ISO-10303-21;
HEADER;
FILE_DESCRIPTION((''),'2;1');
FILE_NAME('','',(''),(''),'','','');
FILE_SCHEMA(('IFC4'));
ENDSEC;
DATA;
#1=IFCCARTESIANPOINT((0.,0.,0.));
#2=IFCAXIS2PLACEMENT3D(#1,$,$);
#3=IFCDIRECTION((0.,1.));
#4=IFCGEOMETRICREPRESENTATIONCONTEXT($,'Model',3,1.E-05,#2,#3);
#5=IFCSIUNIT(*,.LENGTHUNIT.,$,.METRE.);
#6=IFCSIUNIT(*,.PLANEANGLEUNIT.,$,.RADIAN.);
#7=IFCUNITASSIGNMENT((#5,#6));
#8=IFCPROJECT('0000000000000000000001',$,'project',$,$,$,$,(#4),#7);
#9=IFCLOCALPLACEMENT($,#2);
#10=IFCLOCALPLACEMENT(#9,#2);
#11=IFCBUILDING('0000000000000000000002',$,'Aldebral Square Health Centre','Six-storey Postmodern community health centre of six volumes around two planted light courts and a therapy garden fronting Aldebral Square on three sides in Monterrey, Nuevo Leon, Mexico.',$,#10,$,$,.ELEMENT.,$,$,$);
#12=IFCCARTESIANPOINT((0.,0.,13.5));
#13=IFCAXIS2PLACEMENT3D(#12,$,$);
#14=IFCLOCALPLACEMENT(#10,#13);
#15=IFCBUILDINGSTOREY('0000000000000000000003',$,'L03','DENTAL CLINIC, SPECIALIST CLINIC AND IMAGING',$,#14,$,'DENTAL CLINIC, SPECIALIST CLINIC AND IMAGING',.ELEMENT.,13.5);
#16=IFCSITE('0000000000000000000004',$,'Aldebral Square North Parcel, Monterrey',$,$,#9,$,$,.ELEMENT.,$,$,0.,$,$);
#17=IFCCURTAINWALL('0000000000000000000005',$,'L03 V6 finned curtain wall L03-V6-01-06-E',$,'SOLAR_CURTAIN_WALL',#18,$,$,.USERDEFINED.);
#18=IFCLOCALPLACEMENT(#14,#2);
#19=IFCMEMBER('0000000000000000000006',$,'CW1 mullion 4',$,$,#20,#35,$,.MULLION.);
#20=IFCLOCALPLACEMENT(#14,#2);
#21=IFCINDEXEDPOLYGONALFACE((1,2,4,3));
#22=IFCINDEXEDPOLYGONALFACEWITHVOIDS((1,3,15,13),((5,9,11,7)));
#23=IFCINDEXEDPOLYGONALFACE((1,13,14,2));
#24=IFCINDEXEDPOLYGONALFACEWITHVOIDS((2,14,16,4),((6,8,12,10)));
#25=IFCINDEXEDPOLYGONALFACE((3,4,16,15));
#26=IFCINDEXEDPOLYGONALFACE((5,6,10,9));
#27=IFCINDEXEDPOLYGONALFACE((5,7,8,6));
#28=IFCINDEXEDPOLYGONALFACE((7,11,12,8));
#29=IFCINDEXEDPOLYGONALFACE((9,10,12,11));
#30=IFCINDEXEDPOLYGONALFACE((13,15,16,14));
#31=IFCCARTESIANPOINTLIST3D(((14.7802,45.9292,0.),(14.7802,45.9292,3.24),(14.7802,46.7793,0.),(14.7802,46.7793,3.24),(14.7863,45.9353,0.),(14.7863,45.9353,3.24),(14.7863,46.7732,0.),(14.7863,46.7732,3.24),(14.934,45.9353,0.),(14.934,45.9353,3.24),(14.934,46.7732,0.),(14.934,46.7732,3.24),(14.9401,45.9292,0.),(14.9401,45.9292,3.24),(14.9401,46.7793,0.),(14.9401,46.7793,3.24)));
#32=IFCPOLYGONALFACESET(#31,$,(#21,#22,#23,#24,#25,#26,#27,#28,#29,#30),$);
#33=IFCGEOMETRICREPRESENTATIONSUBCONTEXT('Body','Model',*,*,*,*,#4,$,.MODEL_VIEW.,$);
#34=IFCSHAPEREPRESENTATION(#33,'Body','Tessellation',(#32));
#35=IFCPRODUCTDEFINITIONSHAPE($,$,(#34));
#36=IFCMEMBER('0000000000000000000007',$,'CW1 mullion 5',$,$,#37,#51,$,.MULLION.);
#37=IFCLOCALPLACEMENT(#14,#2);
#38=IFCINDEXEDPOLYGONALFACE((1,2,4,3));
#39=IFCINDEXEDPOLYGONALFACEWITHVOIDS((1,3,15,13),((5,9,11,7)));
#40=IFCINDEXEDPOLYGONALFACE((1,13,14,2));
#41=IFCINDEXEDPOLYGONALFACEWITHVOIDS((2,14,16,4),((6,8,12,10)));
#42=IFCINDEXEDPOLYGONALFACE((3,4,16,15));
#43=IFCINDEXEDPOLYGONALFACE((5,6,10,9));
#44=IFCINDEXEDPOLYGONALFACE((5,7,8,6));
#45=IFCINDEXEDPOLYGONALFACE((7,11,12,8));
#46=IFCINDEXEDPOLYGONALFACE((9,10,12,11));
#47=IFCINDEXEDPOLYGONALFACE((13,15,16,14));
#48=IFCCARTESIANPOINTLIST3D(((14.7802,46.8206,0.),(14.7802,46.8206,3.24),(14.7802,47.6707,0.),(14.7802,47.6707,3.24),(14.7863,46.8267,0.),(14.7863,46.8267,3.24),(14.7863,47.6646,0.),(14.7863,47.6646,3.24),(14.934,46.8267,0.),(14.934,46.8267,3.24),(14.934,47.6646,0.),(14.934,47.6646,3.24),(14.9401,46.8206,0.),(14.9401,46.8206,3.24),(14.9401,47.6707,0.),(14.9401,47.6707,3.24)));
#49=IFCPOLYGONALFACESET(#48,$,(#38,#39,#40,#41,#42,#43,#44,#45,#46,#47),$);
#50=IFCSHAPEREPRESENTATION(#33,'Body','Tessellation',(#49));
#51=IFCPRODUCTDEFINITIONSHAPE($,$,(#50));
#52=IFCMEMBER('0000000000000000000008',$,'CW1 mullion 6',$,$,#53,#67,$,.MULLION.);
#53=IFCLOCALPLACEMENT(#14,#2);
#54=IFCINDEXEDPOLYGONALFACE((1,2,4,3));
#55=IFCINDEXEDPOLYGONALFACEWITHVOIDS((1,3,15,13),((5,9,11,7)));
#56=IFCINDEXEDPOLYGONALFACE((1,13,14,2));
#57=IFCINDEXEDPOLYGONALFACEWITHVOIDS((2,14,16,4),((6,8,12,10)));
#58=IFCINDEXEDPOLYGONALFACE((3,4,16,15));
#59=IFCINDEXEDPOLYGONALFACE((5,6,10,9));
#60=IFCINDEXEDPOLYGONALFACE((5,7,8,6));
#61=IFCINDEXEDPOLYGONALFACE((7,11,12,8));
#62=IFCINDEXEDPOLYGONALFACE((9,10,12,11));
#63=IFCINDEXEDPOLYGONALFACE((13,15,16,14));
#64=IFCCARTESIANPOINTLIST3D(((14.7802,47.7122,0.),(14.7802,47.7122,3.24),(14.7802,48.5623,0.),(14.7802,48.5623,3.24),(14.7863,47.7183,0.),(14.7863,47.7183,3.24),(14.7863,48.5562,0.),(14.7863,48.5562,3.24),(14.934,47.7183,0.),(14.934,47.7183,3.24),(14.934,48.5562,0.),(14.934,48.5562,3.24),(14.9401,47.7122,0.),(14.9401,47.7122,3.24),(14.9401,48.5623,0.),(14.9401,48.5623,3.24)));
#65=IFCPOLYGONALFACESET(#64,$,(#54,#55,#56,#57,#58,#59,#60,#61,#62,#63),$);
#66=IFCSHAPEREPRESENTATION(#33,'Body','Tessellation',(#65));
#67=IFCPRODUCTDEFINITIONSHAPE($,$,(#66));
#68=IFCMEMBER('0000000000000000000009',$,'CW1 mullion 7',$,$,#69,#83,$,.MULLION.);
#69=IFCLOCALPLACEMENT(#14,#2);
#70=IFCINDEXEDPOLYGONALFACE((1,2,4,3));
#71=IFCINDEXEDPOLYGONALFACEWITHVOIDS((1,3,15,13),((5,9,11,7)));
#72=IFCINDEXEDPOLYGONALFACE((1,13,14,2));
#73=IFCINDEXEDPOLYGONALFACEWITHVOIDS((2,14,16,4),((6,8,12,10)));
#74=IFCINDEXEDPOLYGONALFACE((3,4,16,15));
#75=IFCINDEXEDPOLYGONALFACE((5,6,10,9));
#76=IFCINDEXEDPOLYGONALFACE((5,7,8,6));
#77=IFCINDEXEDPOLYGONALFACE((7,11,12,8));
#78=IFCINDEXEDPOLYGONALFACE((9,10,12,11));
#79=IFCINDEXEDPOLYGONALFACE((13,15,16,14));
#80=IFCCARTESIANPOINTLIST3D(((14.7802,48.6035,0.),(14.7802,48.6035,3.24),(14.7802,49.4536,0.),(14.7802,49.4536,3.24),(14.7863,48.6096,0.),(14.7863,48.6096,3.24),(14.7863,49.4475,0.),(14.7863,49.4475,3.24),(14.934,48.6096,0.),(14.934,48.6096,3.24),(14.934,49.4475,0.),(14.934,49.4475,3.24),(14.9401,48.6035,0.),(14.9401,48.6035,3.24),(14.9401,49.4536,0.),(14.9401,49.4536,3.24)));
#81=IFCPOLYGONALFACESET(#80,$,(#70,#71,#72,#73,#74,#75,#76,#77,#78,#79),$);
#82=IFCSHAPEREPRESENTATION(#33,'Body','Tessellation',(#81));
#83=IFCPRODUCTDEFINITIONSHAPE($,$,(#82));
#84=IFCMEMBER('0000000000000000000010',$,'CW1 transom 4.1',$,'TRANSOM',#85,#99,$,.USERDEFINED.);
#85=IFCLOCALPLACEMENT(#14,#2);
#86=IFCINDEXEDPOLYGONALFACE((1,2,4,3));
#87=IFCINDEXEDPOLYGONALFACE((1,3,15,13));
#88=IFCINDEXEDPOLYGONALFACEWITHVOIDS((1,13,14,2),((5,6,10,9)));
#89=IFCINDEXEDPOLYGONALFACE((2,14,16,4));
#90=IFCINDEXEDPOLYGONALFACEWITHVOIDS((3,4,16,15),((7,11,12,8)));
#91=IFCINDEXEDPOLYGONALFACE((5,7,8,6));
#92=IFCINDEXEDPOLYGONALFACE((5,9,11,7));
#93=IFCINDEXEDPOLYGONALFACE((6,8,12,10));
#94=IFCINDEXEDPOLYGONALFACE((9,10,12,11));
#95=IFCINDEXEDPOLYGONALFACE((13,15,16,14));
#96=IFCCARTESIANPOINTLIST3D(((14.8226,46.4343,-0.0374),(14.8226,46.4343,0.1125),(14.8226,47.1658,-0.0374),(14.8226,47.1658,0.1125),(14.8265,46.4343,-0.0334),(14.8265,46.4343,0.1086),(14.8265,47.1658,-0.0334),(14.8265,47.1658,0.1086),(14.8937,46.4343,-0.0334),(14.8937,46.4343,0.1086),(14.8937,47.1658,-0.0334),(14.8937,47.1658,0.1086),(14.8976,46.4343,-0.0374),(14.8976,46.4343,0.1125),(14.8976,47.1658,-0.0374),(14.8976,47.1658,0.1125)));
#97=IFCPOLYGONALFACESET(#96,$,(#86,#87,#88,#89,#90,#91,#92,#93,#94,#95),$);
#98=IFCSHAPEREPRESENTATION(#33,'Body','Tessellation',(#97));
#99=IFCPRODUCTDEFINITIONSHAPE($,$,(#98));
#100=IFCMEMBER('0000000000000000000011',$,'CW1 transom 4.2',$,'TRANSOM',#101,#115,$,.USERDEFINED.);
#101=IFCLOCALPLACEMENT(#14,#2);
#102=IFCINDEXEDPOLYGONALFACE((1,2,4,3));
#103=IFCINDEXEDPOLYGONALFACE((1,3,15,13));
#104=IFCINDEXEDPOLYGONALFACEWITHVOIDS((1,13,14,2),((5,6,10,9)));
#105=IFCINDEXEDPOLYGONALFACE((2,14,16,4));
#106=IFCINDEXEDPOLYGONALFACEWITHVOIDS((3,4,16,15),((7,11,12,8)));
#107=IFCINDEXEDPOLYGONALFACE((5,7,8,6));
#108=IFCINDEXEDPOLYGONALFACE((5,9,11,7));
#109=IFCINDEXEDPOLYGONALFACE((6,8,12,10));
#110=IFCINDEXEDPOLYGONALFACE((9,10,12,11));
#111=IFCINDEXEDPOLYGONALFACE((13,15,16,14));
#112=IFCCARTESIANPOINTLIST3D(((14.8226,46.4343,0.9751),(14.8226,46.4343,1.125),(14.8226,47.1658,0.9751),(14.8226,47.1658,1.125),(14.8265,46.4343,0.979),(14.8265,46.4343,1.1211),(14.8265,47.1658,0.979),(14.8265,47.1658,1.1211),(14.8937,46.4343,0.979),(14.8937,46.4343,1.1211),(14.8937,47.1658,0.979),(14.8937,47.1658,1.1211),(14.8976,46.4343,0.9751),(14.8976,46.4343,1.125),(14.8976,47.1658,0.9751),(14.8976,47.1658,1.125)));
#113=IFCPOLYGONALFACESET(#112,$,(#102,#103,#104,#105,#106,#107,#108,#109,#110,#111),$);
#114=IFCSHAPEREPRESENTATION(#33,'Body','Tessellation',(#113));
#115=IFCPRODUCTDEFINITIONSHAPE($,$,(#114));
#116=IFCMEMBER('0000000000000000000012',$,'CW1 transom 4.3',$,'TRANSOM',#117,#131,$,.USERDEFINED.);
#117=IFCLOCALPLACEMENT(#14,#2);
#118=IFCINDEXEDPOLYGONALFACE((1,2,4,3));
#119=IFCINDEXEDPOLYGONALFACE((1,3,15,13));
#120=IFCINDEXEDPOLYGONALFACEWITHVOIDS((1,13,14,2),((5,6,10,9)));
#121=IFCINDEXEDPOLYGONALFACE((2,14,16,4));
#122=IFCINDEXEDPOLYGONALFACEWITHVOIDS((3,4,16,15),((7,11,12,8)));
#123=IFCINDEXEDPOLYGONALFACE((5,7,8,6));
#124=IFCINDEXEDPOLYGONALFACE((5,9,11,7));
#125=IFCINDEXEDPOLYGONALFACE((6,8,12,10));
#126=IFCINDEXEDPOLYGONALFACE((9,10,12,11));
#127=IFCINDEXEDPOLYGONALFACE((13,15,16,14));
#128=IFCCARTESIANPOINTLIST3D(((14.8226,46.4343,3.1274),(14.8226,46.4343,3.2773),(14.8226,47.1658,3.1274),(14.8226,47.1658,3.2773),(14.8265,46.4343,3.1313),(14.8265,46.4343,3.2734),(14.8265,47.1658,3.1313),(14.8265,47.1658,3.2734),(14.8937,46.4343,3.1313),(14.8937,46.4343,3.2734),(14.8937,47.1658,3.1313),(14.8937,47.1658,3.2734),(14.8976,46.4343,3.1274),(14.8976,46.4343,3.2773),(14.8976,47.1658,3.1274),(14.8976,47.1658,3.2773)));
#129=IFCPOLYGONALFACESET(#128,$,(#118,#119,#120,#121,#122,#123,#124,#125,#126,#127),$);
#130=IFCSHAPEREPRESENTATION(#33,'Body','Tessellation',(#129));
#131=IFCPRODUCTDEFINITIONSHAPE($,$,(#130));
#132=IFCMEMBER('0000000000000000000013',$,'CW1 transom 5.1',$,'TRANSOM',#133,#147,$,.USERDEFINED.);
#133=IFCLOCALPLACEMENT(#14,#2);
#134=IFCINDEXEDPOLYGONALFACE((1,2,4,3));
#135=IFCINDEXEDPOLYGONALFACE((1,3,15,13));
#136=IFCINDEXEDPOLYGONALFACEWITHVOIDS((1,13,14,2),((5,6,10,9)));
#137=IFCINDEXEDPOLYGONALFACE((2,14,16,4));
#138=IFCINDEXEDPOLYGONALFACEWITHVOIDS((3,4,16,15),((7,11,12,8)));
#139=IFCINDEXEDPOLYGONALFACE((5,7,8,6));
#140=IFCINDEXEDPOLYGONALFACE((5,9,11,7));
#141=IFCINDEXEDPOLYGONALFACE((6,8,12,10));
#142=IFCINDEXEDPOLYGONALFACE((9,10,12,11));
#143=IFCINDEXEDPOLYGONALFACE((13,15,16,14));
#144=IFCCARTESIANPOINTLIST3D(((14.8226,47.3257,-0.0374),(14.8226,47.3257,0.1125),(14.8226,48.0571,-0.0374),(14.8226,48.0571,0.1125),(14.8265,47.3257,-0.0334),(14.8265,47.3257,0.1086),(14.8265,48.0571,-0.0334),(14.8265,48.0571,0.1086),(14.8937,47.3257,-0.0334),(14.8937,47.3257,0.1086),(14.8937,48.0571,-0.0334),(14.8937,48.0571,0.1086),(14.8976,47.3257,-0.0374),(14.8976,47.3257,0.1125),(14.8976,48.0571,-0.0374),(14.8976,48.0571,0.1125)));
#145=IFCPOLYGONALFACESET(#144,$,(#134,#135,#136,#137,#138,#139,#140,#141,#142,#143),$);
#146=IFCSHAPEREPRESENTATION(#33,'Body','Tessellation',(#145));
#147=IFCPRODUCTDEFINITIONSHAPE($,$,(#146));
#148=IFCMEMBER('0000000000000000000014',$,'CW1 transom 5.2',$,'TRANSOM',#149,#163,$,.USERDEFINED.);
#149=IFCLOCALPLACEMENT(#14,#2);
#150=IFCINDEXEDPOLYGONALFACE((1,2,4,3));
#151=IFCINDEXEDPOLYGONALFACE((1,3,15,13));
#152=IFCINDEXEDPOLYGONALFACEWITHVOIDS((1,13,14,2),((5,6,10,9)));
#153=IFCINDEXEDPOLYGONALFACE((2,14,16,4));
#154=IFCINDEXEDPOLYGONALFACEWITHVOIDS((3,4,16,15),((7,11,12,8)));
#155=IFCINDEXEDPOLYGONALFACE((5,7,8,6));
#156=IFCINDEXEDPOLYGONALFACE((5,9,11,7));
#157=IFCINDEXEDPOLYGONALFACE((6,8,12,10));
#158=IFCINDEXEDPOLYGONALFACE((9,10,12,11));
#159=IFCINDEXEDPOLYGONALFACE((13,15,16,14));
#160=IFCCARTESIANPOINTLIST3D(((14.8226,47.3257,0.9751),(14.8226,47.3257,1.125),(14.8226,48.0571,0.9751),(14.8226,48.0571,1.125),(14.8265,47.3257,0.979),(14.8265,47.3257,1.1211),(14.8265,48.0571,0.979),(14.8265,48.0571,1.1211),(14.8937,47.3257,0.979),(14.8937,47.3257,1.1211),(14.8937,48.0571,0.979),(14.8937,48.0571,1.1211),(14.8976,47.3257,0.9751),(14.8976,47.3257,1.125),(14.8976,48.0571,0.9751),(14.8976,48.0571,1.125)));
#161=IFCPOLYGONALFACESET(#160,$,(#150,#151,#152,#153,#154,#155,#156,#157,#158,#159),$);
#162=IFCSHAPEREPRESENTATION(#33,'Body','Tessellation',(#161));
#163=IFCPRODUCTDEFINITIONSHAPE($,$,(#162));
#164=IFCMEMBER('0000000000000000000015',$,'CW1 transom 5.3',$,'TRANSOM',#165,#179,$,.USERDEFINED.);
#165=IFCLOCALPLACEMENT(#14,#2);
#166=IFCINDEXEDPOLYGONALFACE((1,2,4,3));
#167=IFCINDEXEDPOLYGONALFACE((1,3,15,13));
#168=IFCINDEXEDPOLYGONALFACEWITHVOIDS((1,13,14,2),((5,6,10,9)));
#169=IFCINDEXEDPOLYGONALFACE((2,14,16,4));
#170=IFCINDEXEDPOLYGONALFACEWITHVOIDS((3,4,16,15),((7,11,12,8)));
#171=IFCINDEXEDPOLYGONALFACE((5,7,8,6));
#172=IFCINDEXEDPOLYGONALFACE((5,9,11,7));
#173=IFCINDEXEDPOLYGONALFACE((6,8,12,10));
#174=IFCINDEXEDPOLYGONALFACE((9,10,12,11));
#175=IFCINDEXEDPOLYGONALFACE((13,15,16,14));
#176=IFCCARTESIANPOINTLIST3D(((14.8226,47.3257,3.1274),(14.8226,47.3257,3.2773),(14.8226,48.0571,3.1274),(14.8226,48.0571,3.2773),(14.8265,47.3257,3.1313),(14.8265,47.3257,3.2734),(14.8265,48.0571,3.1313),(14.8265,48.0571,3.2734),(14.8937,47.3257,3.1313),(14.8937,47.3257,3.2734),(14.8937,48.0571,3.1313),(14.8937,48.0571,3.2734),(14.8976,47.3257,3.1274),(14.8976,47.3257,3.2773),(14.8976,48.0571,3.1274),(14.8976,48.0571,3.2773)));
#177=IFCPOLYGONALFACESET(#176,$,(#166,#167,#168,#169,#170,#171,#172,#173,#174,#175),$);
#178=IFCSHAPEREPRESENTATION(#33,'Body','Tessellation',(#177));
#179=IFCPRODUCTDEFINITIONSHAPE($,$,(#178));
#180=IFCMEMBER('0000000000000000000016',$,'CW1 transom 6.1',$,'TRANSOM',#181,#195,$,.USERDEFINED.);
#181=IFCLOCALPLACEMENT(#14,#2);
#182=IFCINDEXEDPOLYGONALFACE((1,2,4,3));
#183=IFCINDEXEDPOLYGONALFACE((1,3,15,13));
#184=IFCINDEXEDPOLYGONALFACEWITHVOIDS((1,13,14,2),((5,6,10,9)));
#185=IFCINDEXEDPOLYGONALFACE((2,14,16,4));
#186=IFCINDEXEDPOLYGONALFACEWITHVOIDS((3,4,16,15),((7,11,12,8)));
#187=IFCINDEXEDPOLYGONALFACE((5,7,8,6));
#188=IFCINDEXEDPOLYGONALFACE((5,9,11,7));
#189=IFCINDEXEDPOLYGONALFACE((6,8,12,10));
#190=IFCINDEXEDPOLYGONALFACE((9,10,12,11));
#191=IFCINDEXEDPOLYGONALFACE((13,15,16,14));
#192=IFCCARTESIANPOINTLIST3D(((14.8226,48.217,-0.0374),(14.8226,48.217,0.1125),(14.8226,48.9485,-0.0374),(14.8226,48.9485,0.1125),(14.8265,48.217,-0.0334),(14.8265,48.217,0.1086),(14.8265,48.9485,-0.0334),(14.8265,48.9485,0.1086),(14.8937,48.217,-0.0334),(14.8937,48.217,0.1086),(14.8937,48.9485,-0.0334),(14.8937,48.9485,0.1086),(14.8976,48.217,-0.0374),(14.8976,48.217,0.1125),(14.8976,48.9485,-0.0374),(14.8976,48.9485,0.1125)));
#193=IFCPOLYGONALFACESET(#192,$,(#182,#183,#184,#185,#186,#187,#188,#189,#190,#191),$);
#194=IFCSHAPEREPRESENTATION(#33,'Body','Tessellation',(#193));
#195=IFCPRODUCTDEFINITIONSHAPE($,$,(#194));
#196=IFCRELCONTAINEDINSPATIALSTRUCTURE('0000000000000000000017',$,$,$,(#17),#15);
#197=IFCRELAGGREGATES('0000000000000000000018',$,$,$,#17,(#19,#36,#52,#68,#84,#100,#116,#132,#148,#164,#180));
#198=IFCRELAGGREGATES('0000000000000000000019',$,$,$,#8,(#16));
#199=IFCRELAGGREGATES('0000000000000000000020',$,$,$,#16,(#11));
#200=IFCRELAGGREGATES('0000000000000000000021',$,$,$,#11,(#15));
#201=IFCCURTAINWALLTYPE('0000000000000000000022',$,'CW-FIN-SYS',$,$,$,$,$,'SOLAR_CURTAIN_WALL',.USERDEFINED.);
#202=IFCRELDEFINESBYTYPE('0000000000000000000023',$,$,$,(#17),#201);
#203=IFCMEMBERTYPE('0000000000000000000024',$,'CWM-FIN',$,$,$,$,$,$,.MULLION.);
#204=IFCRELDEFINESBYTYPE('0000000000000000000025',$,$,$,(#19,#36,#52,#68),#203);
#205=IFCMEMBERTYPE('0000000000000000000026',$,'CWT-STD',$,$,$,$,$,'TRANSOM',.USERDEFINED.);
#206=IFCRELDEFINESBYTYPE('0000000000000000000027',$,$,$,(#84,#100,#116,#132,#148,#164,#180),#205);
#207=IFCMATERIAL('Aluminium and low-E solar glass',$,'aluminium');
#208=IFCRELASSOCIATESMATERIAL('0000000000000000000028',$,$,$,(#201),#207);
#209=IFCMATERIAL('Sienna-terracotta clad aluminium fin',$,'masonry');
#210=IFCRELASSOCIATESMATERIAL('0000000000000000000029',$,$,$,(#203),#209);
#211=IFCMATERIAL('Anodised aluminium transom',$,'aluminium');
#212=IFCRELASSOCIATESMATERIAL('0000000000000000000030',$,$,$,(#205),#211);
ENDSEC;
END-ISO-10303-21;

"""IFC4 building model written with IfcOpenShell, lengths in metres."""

from ifc_helpers import new_model, si_unit, direction, frame, origin, origin_2d, place, context, subcontext, project, spatial, hollow_rectangle, extrude, material, material_profile, profile_set, type_object, element, aggregate, save


model = new_model("IFC4")

# Units and contexts
model_context = context("Model", 3, precision=1e-05, world=origin(), true_north=direction((0.0, 1.0)))
body_context = subcontext(model_context, "Body", "Model", "MODEL_VIEW")
ifc_project = project(units=[si_unit("LENGTHUNIT", "METRE"), si_unit("PLANEANGLEUNIT", "RADIAN")], contexts=[model_context])

# Site, building, storey
site_placement = place(None, origin())
site = spatial("IfcSite", under=ifc_project, at=site_placement, Name="Aldebral Square North Parcel, Monterrey", CompositionType="ELEMENT", RefElevation=0.0)
building_placement = place(site_placement, origin())
building = spatial("IfcBuilding", under=site, at=building_placement, Name="Aldebral Square Health Centre", Description="Six-storey Postmodern community health centre of six volumes around two planted light courts and a therapy garden fronting Aldebral Square on three sides in Monterrey, Nuevo Leon, Mexico.", CompositionType="ELEMENT")
storey_placement = place(building_placement, frame((0.0, 0.0, 13.5)))
storey = spatial("IfcBuildingStorey", under=building, at=storey_placement, Name="L03", Description="DENTAL CLINIC, SPECIALIST CLINIC AND IMAGING", LongName="DENTAL CLINIC, SPECIALIST CLINIC AND IMAGING", CompositionType="ELEMENT", Elevation=13.5)

# Curtain wall, members
ifc_material_1 = material(Name="Aluminium and low-E solar glass", Category="aluminium")
curtain_wall_type = type_object("IfcCurtainWallType", Name="CW-FIN-SYS", ElementType="SOLAR_CURTAIN_WALL", PredefinedType="USERDEFINED", material=ifc_material_1)
curtain_wall_placement = place(storey_placement, origin())
curtain_wall = element("IfcCurtainWall", 1, at=curtain_wall_placement, inside=storey, type_object=curtain_wall_type, Name="L03 V6 finned curtain wall L03-V6-01-06-E", ObjectType="SOLAR_CURTAIN_WALL", PredefinedType="USERDEFINED")
ifc_material_2 = material(Name="Sienna-terracotta clad aluminium fin", Category="masonry")
ifc_material_profile_1 = material_profile(ifc_material_2, hollow_rectangle(XDim=0.1599, YDim=0.8501, WallThickness=0.0061, at=origin_2d()), Name="FIN 160x850x6")
ifc_profile_set_1 = profile_set([ifc_material_profile_1], Name="Sienna-terracotta clad aluminium fin")
member_type_1 = type_object("IfcMemberType", Name="CWM-FIN", PredefinedType="MULLION", material=ifc_profile_set_1)
member_1_placement = place(storey_placement, frame((14.8601, 46.3542, 0.0), z_axis=(0.0, 0.0, 1.0), x_axis=(-1.0, 0.0, 0.0)))
member_1 = element("IfcMember", 2, at=member_1_placement, type_object=member_type_1, Name="CW1 mullion 4", PredefinedType="MULLION", context=body_context, shape_type="SweptSolid", body=[
    extrude(hollow_rectangle(XDim=0.1599, YDim=0.8501, WallThickness=0.0061, at=origin_2d()), origin(), (0.0, 0.0, 1.0), 3.24),
])
member_2_placement = place(storey_placement, frame((14.8601, 47.2456, 0.0), z_axis=(0.0, 0.0, 1.0), x_axis=(-1.0, 0.0, 0.0)))
member_2 = element("IfcMember", 3, at=member_2_placement, type_object=member_type_1, Name="CW1 mullion 5", PredefinedType="MULLION", context=body_context, shape_type="SweptSolid", body=[
    extrude(hollow_rectangle(XDim=0.1599, YDim=0.8501, WallThickness=0.0061, at=origin_2d()), origin(), (0.0, 0.0, 1.0), 3.24),
])
member_3_placement = place(storey_placement, frame((14.8601, 48.1372, 0.0), z_axis=(0.0, 0.0, 1.0), x_axis=(-1.0, 0.0, 0.0)))
member_3 = element("IfcMember", 4, at=member_3_placement, type_object=member_type_1, Name="CW1 mullion 6", PredefinedType="MULLION", context=body_context, shape_type="SweptSolid", body=[
    extrude(hollow_rectangle(XDim=0.1599, YDim=0.8501, WallThickness=0.0061, at=origin_2d()), origin(), (0.0, 0.0, 1.0), 3.24),
])
member_4_placement = place(storey_placement, frame((14.8601, 49.0286, 0.0), z_axis=(0.0, 0.0, 1.0), x_axis=(-1.0, 0.0, 0.0)))
member_4 = element("IfcMember", 5, at=member_4_placement, type_object=member_type_1, Name="CW1 mullion 7", PredefinedType="MULLION", context=body_context, shape_type="SweptSolid", body=[
    extrude(hollow_rectangle(XDim=0.1599, YDim=0.8501, WallThickness=0.0061, at=origin_2d()), origin(), (0.0, 0.0, 1.0), 3.24),
])
ifc_material_3 = material(Name="Anodised aluminium transom", Category="aluminium")
ifc_material_profile_2 = material_profile(ifc_material_3, hollow_rectangle(XDim=0.075, YDim=0.1499, WallThickness=0.0039, at=origin_2d()), Name="CWT 75x150x4")
ifc_profile_set_2 = profile_set([ifc_material_profile_2], Name="Anodised aluminium transom")
member_type_2 = type_object("IfcMemberType", Name="CWT-STD", ElementType="TRANSOM", PredefinedType="USERDEFINED", material=ifc_profile_set_2)
member_5_placement = place(storey_placement, frame((14.8601, 46.4343, 0.0376), z_axis=(0.0, 1.0, 0.0), x_axis=(-1.0, 0.0, 0.0)))
member_5 = element("IfcMember", 6, at=member_5_placement, type_object=member_type_2, Name="CW1 transom 4.1", ObjectType="TRANSOM", PredefinedType="USERDEFINED", context=body_context, shape_type="SweptSolid", body=[
    extrude(hollow_rectangle(XDim=0.075, YDim=0.1499, WallThickness=0.0039, at=origin_2d()), origin(), (0.0, 0.0, 1.0), 0.7314),
])
member_6_placement = place(storey_placement, frame((14.8601, 46.4343, 1.05), z_axis=(0.0, 1.0, 0.0), x_axis=(-1.0, 0.0, 0.0)))
member_6 = element("IfcMember", 7, at=member_6_placement, type_object=member_type_2, Name="CW1 transom 4.2", ObjectType="TRANSOM", PredefinedType="USERDEFINED", context=body_context, shape_type="SweptSolid", body=[
    extrude(hollow_rectangle(XDim=0.075, YDim=0.1499, WallThickness=0.0039, at=origin_2d()), origin(), (0.0, 0.0, 1.0), 0.7314),
])
member_7_placement = place(storey_placement, frame((14.8601, 46.4343, 3.2024), z_axis=(0.0, 1.0, 0.0), x_axis=(-1.0, 0.0, 0.0)))
member_7 = element("IfcMember", 8, at=member_7_placement, type_object=member_type_2, Name="CW1 transom 4.3", ObjectType="TRANSOM", PredefinedType="USERDEFINED", context=body_context, shape_type="SweptSolid", body=[
    extrude(hollow_rectangle(XDim=0.075, YDim=0.1499, WallThickness=0.0039, at=origin_2d()), origin(), (0.0, 0.0, 1.0), 0.7314),
])
member_8_placement = place(storey_placement, frame((14.8601, 47.3257, 0.0376), z_axis=(0.0, 1.0, 0.0), x_axis=(-1.0, 0.0, 0.0)))
member_8 = element("IfcMember", 9, at=member_8_placement, type_object=member_type_2, Name="CW1 transom 5.1", ObjectType="TRANSOM", PredefinedType="USERDEFINED", context=body_context, shape_type="SweptSolid", body=[
    extrude(hollow_rectangle(XDim=0.075, YDim=0.1499, WallThickness=0.0039, at=origin_2d()), origin(), (0.0, 0.0, 1.0), 0.7314),
])
member_9_placement = place(storey_placement, frame((14.8601, 47.3257, 1.05), z_axis=(0.0, 1.0, 0.0), x_axis=(-1.0, 0.0, 0.0)))
member_9 = element("IfcMember", 10, at=member_9_placement, type_object=member_type_2, Name="CW1 transom 5.2", ObjectType="TRANSOM", PredefinedType="USERDEFINED", context=body_context, shape_type="SweptSolid", body=[
    extrude(hollow_rectangle(XDim=0.075, YDim=0.1499, WallThickness=0.0039, at=origin_2d()), origin(), (0.0, 0.0, 1.0), 0.7314),
])
member_10_placement = place(storey_placement, frame((14.8601, 47.3257, 3.2024), z_axis=(0.0, 1.0, 0.0), x_axis=(-1.0, 0.0, 0.0)))
member_10 = element("IfcMember", 11, at=member_10_placement, type_object=member_type_2, Name="CW1 transom 5.3", ObjectType="TRANSOM", PredefinedType="USERDEFINED", context=body_context, shape_type="SweptSolid", body=[
    extrude(hollow_rectangle(XDim=0.075, YDim=0.1499, WallThickness=0.0039, at=origin_2d()), origin(), (0.0, 0.0, 1.0), 0.7314),
])
member_11_placement = place(storey_placement, frame((14.8601, 48.217, 0.0376), z_axis=(0.0, 1.0, 0.0), x_axis=(-1.0, 0.0, 0.0)))
member_11 = element("IfcMember", 12, at=member_11_placement, type_object=member_type_2, Name="CW1 transom 6.1", ObjectType="TRANSOM", PredefinedType="USERDEFINED", context=body_context, shape_type="SweptSolid", body=[
    extrude(hollow_rectangle(XDim=0.075, YDim=0.1499, WallThickness=0.0039, at=origin_2d()), origin(), (0.0, 0.0, 1.0), 0.7314),
])
aggregate(curtain_wall, [member_1, member_2, member_3, member_4, member_5, member_6, member_7, member_8, member_9, member_10, member_11])

save(model, "model.ifc")
